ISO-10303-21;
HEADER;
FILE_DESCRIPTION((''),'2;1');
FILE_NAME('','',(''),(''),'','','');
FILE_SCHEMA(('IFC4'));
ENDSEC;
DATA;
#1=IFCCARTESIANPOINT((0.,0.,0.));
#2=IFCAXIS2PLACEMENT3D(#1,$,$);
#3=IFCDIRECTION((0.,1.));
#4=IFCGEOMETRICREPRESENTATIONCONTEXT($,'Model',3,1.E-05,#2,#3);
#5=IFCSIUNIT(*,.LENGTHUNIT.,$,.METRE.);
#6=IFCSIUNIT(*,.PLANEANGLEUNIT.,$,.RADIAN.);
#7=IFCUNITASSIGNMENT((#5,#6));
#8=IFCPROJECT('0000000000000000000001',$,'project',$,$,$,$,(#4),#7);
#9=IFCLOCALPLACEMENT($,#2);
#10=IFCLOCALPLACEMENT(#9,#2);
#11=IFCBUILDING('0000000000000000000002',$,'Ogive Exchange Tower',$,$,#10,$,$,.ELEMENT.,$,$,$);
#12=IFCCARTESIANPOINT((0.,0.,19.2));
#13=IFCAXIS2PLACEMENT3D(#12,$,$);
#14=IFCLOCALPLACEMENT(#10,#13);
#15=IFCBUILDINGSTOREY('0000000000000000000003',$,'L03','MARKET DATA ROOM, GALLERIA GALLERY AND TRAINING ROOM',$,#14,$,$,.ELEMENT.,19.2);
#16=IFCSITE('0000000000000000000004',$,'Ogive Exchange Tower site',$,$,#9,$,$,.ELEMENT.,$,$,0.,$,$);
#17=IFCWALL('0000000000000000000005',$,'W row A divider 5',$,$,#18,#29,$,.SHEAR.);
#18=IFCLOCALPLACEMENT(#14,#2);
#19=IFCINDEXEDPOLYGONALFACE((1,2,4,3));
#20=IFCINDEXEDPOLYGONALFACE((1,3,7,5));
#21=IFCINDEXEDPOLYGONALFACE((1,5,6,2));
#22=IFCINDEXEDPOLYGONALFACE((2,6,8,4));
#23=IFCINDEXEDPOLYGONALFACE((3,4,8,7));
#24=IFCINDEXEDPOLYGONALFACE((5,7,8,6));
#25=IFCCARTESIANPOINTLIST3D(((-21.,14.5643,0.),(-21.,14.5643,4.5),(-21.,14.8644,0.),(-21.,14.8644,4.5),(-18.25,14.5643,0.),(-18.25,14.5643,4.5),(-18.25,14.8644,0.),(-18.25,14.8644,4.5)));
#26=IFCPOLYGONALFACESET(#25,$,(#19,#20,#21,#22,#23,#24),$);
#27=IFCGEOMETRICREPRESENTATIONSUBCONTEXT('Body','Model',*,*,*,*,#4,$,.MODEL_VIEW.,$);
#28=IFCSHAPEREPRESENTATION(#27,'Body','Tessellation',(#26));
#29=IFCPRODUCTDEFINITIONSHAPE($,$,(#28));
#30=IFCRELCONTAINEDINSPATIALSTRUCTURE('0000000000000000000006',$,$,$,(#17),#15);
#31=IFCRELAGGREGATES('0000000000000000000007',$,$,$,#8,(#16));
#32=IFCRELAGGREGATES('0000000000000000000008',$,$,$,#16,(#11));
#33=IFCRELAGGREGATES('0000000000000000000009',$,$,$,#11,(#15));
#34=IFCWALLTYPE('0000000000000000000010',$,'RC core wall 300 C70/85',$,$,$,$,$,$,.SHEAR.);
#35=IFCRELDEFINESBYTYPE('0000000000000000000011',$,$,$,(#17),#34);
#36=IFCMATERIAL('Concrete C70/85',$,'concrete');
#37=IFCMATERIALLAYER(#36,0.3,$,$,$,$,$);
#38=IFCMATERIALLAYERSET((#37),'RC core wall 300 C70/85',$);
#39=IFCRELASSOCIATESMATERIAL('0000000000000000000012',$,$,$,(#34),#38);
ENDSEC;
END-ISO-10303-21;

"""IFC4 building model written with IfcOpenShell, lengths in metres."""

from ifc_helpers import new_model, si_unit, direction, frame, frame_2d, origin, place, context, subcontext, project, spatial, rectangle, extrude, material, layer, layer_set, type_object, element, save


model = new_model("IFC4")

# Units and contexts
model_context = context("Model", 3, precision=1e-05, world=origin(), true_north=direction((0.0, 1.0)))
body_context = subcontext(model_context, "Body", "Model", "MODEL_VIEW")
ifc_project = project(units=[si_unit("LENGTHUNIT", "METRE"), si_unit("PLANEANGLEUNIT", "RADIAN")], contexts=[model_context])

# Site, building, storey
site_placement = place(None, origin())
site = spatial("IfcSite", under=ifc_project, at=site_placement, Name="Ogive Exchange Tower site", CompositionType="ELEMENT", RefElevation=0.0)
building_placement = place(site_placement, origin())
building = spatial("IfcBuilding", under=site, at=building_placement, Name="Ogive Exchange Tower", CompositionType="ELEMENT")
storey_placement = place(building_placement, frame((0.0, 0.0, 19.2)))
storey = spatial("IfcBuildingStorey", under=building, at=storey_placement, Name="L03", Description="MARKET DATA ROOM, GALLERIA GALLERY AND TRAINING ROOM", CompositionType="ELEMENT", Elevation=19.2)

# Shared definitions
ifc_material_1 = material(Name="Concrete C70/85", Category="concrete")

# Wall
ifc_layer_1 = layer(ifc_material_1, 0.3)
ifc_layer_set_1 = layer_set([ifc_layer_1], Name="RC core wall 300 C70/85")
wall_type_1 = type_object("IfcWallType", Name="RC core wall 300 C70/85", PredefinedType="SHEAR", material=ifc_layer_set_1)
for number, where, z_axis, x_axis, name in (
    (1, (-21.0, 14.7144, 0.0), (0.0, 0.0, 1.0), (1.0, 0.0, 0.0), "W row A divider 5"),
):
    element("IfcWall", number, at=place(storey_placement, frame(where, z_axis=z_axis, x_axis=x_axis)), inside=storey, type_object=wall_type_1, Name=name, PredefinedType="SHEAR", context=body_context, shape_type="SweptSolid", body=[
        extrude(rectangle(XDim=2.75, YDim=0.3, at=frame_2d((1.375, 0.0))), origin(), (0.0, 0.0, 1.0), 4.5),
    ])

save(model, "model.ifc")
